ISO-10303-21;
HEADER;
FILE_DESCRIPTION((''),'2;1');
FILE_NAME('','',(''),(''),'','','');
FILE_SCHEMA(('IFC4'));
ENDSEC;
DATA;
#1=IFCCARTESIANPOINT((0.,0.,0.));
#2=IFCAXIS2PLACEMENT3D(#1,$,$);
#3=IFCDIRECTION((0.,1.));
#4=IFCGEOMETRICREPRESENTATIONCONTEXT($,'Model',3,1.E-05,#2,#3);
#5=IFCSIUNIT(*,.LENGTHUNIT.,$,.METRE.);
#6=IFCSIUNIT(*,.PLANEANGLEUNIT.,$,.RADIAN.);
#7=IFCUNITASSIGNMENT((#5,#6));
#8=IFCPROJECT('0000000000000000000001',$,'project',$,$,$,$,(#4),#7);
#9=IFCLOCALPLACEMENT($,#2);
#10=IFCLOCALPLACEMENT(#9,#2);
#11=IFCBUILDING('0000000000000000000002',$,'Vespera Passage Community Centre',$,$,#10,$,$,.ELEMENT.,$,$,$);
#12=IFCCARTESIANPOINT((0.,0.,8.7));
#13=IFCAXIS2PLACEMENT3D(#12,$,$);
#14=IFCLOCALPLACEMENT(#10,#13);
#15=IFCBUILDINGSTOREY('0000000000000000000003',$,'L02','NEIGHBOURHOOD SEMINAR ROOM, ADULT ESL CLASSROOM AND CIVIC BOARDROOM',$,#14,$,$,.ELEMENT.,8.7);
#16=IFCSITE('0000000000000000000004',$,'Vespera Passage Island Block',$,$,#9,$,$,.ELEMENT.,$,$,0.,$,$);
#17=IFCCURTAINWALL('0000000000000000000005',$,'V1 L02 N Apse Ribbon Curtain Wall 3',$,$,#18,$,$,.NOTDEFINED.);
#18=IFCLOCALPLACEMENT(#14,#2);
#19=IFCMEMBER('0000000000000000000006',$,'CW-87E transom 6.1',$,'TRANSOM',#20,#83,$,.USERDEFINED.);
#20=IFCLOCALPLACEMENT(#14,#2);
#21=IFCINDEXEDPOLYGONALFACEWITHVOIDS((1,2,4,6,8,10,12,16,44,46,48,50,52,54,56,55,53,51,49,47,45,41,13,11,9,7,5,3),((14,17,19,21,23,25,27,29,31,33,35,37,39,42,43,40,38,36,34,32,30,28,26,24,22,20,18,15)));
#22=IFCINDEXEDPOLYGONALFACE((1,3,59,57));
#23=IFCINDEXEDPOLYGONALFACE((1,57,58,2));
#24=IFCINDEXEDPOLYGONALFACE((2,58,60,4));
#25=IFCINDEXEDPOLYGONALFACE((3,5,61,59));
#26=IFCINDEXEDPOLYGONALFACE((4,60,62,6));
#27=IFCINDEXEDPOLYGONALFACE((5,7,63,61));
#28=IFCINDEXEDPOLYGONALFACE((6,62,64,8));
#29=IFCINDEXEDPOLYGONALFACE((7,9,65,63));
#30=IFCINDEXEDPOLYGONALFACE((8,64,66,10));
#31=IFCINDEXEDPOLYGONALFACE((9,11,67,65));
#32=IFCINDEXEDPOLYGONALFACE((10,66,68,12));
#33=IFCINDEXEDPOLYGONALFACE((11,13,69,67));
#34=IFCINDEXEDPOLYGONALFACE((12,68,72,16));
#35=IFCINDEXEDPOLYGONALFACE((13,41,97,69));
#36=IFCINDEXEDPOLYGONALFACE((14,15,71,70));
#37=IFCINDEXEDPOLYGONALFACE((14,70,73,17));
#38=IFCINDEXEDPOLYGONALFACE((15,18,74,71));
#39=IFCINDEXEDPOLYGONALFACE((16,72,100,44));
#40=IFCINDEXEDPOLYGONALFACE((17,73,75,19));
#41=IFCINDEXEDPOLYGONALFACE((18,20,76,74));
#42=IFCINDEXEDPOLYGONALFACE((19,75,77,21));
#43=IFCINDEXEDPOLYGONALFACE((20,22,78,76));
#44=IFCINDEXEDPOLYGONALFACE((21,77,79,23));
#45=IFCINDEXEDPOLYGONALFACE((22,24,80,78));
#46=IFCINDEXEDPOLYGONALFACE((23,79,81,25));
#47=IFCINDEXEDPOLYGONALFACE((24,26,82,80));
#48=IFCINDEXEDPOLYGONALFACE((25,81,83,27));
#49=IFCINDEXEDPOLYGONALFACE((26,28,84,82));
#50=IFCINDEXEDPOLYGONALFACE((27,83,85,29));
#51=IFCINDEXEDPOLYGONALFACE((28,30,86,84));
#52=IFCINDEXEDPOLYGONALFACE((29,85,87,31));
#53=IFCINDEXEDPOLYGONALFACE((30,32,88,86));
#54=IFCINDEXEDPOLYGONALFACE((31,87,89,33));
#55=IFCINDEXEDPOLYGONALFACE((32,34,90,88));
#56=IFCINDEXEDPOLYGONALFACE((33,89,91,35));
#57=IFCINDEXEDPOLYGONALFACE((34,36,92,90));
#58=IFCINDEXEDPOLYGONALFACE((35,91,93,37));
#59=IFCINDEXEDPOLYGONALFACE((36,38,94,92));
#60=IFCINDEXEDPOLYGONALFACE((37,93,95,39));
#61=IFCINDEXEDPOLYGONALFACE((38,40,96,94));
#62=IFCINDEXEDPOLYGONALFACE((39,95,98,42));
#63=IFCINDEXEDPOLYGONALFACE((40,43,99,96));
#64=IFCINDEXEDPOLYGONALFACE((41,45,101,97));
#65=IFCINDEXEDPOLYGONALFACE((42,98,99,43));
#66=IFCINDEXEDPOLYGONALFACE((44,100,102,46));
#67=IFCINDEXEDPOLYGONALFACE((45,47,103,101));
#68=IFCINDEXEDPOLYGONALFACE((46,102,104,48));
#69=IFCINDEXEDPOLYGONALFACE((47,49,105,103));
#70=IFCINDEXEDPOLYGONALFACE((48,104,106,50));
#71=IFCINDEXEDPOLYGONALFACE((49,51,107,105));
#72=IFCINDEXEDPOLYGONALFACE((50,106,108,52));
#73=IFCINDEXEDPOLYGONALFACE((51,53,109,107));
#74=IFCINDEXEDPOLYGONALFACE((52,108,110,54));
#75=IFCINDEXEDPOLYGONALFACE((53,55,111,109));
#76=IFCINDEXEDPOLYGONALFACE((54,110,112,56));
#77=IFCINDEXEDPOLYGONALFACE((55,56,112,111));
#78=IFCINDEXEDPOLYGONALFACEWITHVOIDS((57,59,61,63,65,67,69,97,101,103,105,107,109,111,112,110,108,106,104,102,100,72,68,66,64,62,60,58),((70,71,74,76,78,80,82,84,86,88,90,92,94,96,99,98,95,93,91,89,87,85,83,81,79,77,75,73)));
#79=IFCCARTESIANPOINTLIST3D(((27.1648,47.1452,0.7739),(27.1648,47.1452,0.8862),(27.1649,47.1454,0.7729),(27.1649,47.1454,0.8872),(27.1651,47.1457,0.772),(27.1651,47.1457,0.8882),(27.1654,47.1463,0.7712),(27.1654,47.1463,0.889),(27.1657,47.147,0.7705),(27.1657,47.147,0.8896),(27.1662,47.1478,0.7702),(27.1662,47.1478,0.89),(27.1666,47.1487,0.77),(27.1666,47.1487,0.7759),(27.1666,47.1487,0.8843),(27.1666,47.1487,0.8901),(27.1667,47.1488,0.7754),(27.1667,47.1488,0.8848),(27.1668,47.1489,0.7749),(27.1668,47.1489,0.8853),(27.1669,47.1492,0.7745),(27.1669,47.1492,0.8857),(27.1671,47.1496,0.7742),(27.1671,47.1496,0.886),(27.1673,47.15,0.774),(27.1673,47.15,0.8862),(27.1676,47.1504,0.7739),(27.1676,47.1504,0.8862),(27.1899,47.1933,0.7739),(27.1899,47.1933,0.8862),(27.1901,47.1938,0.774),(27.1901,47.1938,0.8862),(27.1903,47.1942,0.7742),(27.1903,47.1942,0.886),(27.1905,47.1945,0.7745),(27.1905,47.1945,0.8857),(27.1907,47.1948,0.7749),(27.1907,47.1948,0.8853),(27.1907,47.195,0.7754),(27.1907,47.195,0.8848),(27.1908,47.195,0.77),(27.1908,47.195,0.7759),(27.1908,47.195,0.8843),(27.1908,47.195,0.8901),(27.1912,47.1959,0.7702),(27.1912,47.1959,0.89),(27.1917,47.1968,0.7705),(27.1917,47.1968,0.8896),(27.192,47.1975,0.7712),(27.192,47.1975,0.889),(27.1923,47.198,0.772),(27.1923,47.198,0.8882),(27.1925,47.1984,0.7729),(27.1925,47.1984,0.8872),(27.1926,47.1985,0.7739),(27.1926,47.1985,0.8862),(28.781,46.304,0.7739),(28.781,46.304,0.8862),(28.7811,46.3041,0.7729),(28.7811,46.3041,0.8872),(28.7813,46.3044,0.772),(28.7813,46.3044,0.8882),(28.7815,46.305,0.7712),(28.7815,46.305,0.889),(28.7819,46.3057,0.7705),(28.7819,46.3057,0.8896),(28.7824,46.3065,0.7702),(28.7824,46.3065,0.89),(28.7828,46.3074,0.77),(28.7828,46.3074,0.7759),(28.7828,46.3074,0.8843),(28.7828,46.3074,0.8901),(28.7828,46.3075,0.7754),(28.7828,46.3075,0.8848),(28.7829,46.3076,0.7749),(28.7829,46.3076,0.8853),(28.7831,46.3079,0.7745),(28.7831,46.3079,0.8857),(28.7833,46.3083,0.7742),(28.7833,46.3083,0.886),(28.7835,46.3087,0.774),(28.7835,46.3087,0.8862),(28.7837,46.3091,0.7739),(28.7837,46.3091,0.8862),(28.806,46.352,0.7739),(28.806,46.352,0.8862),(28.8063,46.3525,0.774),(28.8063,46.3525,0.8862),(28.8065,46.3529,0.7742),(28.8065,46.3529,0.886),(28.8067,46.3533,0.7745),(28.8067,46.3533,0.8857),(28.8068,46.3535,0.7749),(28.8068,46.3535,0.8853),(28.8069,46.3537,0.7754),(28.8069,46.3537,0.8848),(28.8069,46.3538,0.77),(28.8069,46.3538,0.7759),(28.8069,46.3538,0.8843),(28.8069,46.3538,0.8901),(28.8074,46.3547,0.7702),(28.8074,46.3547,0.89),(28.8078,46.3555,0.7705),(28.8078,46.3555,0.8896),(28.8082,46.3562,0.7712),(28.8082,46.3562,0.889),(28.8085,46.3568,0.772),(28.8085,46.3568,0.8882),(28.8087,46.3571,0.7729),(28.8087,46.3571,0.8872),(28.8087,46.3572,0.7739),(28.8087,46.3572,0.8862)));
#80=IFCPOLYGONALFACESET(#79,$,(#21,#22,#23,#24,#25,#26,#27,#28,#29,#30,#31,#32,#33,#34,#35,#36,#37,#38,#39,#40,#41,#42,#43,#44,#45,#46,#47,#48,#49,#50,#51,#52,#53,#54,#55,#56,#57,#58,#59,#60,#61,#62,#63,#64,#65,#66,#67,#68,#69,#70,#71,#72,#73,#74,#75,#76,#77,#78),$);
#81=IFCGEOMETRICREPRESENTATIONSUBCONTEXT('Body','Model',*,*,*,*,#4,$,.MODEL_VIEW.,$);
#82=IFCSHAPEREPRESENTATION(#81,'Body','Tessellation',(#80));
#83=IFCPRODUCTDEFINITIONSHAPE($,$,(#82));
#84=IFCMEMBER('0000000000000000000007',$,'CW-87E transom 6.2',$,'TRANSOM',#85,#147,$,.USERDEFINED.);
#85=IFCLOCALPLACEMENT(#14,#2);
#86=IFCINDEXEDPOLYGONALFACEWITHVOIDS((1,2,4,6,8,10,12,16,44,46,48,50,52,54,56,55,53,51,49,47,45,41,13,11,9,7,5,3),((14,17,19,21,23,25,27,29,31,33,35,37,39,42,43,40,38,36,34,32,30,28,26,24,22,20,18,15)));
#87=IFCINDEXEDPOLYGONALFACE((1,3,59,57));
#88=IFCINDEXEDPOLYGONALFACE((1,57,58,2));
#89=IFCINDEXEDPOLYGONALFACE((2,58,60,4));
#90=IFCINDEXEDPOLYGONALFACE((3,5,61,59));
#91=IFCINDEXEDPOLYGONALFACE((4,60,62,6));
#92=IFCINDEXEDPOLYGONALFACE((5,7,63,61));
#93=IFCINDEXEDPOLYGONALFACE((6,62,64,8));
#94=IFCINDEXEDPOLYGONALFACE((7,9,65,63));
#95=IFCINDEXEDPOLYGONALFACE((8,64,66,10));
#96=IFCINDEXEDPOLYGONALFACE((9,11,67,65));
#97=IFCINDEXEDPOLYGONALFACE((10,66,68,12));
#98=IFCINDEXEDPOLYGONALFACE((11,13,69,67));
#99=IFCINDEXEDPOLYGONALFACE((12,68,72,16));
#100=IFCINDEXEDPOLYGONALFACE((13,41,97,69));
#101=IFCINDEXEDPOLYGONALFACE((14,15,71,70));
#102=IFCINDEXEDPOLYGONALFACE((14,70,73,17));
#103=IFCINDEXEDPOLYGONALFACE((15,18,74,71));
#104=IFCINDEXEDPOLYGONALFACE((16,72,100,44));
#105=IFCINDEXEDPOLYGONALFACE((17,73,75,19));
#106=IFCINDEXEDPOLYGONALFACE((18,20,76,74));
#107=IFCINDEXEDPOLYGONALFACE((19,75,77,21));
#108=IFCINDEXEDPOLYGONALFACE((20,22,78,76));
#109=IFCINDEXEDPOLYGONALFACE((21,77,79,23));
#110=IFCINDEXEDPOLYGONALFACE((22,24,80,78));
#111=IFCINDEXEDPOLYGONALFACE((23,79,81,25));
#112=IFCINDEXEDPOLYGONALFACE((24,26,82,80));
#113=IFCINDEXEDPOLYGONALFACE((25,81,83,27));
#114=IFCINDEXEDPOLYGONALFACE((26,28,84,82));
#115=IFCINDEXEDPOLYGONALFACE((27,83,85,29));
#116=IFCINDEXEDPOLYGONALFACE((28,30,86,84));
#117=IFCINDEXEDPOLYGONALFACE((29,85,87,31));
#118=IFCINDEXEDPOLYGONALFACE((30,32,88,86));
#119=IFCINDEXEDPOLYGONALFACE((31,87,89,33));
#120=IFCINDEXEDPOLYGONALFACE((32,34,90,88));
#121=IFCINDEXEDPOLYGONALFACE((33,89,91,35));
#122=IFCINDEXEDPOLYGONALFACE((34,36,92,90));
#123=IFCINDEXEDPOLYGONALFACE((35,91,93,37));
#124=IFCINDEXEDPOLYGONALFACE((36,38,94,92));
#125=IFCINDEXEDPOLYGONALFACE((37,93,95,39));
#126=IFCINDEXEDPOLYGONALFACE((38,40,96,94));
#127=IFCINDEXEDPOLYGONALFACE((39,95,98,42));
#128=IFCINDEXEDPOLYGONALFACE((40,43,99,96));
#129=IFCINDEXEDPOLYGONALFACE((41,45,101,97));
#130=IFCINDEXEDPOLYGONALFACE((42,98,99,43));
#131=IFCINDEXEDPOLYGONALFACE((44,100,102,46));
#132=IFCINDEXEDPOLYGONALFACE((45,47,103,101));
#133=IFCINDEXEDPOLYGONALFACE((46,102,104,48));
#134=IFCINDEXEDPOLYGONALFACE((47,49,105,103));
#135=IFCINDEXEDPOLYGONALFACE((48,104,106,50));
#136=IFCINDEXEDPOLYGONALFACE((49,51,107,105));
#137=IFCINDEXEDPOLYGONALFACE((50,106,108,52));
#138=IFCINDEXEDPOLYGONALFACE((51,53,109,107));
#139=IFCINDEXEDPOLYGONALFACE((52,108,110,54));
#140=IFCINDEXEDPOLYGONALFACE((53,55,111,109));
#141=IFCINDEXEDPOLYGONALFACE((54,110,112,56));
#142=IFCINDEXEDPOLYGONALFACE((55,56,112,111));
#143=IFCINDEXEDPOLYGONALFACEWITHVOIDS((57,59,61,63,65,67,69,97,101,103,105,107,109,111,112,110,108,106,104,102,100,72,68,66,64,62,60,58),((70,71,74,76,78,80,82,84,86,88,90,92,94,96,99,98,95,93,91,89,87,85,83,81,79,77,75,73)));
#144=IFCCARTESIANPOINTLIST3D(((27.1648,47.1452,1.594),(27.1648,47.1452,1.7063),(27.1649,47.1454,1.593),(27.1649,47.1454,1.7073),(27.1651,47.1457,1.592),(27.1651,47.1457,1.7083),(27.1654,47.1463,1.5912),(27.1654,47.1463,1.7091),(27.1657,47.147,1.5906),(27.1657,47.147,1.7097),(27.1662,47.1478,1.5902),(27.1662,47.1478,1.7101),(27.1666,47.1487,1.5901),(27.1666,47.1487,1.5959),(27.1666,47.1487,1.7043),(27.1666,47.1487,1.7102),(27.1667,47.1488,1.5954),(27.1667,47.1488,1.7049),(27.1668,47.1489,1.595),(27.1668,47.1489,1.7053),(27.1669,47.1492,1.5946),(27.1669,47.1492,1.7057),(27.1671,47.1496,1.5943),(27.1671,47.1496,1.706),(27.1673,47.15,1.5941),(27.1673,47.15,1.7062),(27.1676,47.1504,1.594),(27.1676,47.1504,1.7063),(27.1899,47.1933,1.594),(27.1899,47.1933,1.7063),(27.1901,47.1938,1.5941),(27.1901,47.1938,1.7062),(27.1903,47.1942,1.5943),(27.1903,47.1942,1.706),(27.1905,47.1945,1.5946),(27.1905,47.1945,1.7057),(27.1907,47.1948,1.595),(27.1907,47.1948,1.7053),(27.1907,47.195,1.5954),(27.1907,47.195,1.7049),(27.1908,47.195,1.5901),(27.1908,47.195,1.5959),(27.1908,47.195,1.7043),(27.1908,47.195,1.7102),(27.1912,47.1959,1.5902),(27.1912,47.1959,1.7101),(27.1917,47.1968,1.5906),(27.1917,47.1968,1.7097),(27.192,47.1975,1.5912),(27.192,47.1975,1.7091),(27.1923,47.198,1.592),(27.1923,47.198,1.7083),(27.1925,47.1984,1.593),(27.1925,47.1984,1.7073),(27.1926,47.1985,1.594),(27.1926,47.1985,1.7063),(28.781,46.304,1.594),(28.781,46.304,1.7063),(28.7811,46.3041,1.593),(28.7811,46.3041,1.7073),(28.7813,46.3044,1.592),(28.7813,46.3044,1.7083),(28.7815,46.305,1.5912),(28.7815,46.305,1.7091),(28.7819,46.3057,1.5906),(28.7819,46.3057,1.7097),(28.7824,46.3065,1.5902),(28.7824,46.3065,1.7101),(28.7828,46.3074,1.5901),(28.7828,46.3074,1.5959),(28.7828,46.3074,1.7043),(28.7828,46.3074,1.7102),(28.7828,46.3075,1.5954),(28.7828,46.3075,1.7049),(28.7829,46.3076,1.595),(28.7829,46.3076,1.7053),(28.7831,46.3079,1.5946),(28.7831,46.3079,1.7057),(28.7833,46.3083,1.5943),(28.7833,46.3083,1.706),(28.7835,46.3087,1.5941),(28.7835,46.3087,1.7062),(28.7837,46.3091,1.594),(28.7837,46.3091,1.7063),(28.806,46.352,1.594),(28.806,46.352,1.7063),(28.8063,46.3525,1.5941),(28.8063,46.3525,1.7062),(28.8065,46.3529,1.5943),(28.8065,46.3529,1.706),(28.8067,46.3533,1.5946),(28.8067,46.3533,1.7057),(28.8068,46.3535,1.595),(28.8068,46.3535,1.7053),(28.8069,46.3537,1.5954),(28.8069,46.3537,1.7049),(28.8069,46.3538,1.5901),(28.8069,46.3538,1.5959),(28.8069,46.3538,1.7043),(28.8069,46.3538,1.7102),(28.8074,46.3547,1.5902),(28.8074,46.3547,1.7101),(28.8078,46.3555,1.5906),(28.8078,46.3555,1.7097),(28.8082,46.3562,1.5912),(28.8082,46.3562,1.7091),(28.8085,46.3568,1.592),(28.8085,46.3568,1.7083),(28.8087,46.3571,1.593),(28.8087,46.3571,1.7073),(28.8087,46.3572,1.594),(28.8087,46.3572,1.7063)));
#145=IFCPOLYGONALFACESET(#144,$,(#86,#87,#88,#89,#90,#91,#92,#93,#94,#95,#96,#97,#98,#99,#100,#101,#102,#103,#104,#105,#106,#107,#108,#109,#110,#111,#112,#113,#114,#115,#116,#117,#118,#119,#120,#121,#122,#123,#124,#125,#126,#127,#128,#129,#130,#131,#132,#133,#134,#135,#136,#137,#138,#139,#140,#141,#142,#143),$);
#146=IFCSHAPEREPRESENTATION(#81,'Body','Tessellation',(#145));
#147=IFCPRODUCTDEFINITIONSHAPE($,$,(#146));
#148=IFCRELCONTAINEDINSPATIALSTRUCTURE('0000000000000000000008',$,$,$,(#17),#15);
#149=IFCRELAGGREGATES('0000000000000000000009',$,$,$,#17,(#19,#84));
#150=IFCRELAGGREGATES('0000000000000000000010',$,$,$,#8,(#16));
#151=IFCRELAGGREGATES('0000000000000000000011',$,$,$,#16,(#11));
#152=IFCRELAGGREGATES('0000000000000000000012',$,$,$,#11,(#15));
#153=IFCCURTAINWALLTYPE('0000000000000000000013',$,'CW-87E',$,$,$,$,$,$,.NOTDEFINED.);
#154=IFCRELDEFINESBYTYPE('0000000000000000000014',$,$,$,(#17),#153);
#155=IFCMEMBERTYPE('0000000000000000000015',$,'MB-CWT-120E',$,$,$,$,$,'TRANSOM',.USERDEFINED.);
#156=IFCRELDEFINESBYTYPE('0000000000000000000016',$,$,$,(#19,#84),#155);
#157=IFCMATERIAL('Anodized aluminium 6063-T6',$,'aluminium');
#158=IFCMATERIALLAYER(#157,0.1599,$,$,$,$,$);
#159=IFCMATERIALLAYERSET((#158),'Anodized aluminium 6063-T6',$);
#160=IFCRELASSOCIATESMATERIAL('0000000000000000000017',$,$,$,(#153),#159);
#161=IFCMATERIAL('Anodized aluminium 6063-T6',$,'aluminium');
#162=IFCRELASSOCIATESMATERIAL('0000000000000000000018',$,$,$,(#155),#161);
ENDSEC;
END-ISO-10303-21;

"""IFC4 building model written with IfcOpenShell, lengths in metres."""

from ifc_helpers import new_model, si_unit, direction, frame, origin, origin_2d, place, context, subcontext, project, spatial, hollow_rectangle, extrude, material, layer, layer_set, material_profile, profile_set, type_object, element, aggregate, save


model = new_model("IFC4")

# Units and contexts
model_context = context("Model", 3, precision=1e-05, world=origin(), true_north=direction((0.0, 1.0)))
body_context = subcontext(model_context, "Body", "Model", "MODEL_VIEW")
ifc_project = project(units=[si_unit("LENGTHUNIT", "METRE"), si_unit("PLANEANGLEUNIT", "RADIAN")], contexts=[model_context])

# Site, building, storey
site_placement = place(None, origin())
site = spatial("IfcSite", under=ifc_project, at=site_placement, Name="Vespera Passage Island Block", CompositionType="ELEMENT", RefElevation=0.0)
building_placement = place(site_placement, origin())
building = spatial("IfcBuilding", under=site, at=building_placement, Name="Vespera Passage Community Centre", CompositionType="ELEMENT")
storey_placement = place(building_placement, frame((0.0, 0.0, 8.7)))
storey = spatial("IfcBuildingStorey", under=building, at=storey_placement, Name="L02", Description="NEIGHBOURHOOD SEMINAR ROOM, ADULT ESL CLASSROOM AND CIVIC BOARDROOM", CompositionType="ELEMENT", Elevation=8.7)

# Curtain wall, members
ifc_material_1 = material(Name="Anodized aluminium 6063-T6", Category="aluminium")
ifc_layer_1 = layer(ifc_material_1, 0.1599)
ifc_layer_set_1 = layer_set([ifc_layer_1], Name="Anodized aluminium 6063-T6")
curtain_wall_type = type_object("IfcCurtainWallType", Name="CW-87E", PredefinedType="NOTDEFINED", material=ifc_layer_set_1)
curtain_wall_placement = place(storey_placement, origin())
curtain_wall = element("IfcCurtainWall", 1, at=curtain_wall_placement, inside=storey, type_object=curtain_wall_type, Name="V1 L02 N Apse Ribbon Curtain Wall 3", PredefinedType="NOTDEFINED")
ifc_material_2 = material(Name="Anodized aluminium 6063-T6", Category="aluminium")
ifc_material_profile_1 = material_profile(ifc_material_2, hollow_rectangle(XDim=0.0601, YDim=0.1201, WallThickness=0.0039, InnerFilletRadius=0.002, OuterFilletRadius=0.0039, at=origin_2d()), Name="ALU120X60X4")
ifc_profile_set_1 = profile_set([ifc_material_profile_1], Name="Anodized aluminium 6063-T6")
member_type_1 = type_object("IfcMemberType", Name="MB-CWT-120E", ElementType="TRANSOM", PredefinedType="USERDEFINED", material=ifc_profile_set_1)
member_1_placement = place(storey_placement, frame((27.1787, 47.1719, 0.8301), z_axis=(0.887019, -0.461732, 0.0), x_axis=(0.461732, 0.887019, 0.0)))
member_1 = element("IfcMember", 2, at=member_1_placement, type_object=member_type_1, Name="CW-87E transom 6.1", ObjectType="TRANSOM", PredefinedType="USERDEFINED", context=body_context, shape_type="SweptSolid", body=[
    extrude(hollow_rectangle(XDim=0.0601, YDim=0.1201, WallThickness=0.0039, InnerFilletRadius=0.002, OuterFilletRadius=0.0039, at=origin_2d()), origin(), (0.0, 0.0, 1.0), 1.822),
])
member_2_placement = place(storey_placement, frame((27.1787, 47.1719, 1.6501), z_axis=(0.887019, -0.461732, 0.0), x_axis=(0.461732, 0.887019, 0.0)))
member_2 = element("IfcMember", 3, at=member_2_placement, type_object=member_type_1, Name="CW-87E transom 6.2", ObjectType="TRANSOM", PredefinedType="USERDEFINED", context=body_context, shape_type="SweptSolid", body=[
    extrude(hollow_rectangle(XDim=0.0601, YDim=0.1201, WallThickness=0.0039, InnerFilletRadius=0.002, OuterFilletRadius=0.0039, at=origin_2d()), origin(), (0.0, 0.0, 1.0), 1.822),
])
aggregate(curtain_wall, [member_1, member_2])

save(model, "model.ifc")
